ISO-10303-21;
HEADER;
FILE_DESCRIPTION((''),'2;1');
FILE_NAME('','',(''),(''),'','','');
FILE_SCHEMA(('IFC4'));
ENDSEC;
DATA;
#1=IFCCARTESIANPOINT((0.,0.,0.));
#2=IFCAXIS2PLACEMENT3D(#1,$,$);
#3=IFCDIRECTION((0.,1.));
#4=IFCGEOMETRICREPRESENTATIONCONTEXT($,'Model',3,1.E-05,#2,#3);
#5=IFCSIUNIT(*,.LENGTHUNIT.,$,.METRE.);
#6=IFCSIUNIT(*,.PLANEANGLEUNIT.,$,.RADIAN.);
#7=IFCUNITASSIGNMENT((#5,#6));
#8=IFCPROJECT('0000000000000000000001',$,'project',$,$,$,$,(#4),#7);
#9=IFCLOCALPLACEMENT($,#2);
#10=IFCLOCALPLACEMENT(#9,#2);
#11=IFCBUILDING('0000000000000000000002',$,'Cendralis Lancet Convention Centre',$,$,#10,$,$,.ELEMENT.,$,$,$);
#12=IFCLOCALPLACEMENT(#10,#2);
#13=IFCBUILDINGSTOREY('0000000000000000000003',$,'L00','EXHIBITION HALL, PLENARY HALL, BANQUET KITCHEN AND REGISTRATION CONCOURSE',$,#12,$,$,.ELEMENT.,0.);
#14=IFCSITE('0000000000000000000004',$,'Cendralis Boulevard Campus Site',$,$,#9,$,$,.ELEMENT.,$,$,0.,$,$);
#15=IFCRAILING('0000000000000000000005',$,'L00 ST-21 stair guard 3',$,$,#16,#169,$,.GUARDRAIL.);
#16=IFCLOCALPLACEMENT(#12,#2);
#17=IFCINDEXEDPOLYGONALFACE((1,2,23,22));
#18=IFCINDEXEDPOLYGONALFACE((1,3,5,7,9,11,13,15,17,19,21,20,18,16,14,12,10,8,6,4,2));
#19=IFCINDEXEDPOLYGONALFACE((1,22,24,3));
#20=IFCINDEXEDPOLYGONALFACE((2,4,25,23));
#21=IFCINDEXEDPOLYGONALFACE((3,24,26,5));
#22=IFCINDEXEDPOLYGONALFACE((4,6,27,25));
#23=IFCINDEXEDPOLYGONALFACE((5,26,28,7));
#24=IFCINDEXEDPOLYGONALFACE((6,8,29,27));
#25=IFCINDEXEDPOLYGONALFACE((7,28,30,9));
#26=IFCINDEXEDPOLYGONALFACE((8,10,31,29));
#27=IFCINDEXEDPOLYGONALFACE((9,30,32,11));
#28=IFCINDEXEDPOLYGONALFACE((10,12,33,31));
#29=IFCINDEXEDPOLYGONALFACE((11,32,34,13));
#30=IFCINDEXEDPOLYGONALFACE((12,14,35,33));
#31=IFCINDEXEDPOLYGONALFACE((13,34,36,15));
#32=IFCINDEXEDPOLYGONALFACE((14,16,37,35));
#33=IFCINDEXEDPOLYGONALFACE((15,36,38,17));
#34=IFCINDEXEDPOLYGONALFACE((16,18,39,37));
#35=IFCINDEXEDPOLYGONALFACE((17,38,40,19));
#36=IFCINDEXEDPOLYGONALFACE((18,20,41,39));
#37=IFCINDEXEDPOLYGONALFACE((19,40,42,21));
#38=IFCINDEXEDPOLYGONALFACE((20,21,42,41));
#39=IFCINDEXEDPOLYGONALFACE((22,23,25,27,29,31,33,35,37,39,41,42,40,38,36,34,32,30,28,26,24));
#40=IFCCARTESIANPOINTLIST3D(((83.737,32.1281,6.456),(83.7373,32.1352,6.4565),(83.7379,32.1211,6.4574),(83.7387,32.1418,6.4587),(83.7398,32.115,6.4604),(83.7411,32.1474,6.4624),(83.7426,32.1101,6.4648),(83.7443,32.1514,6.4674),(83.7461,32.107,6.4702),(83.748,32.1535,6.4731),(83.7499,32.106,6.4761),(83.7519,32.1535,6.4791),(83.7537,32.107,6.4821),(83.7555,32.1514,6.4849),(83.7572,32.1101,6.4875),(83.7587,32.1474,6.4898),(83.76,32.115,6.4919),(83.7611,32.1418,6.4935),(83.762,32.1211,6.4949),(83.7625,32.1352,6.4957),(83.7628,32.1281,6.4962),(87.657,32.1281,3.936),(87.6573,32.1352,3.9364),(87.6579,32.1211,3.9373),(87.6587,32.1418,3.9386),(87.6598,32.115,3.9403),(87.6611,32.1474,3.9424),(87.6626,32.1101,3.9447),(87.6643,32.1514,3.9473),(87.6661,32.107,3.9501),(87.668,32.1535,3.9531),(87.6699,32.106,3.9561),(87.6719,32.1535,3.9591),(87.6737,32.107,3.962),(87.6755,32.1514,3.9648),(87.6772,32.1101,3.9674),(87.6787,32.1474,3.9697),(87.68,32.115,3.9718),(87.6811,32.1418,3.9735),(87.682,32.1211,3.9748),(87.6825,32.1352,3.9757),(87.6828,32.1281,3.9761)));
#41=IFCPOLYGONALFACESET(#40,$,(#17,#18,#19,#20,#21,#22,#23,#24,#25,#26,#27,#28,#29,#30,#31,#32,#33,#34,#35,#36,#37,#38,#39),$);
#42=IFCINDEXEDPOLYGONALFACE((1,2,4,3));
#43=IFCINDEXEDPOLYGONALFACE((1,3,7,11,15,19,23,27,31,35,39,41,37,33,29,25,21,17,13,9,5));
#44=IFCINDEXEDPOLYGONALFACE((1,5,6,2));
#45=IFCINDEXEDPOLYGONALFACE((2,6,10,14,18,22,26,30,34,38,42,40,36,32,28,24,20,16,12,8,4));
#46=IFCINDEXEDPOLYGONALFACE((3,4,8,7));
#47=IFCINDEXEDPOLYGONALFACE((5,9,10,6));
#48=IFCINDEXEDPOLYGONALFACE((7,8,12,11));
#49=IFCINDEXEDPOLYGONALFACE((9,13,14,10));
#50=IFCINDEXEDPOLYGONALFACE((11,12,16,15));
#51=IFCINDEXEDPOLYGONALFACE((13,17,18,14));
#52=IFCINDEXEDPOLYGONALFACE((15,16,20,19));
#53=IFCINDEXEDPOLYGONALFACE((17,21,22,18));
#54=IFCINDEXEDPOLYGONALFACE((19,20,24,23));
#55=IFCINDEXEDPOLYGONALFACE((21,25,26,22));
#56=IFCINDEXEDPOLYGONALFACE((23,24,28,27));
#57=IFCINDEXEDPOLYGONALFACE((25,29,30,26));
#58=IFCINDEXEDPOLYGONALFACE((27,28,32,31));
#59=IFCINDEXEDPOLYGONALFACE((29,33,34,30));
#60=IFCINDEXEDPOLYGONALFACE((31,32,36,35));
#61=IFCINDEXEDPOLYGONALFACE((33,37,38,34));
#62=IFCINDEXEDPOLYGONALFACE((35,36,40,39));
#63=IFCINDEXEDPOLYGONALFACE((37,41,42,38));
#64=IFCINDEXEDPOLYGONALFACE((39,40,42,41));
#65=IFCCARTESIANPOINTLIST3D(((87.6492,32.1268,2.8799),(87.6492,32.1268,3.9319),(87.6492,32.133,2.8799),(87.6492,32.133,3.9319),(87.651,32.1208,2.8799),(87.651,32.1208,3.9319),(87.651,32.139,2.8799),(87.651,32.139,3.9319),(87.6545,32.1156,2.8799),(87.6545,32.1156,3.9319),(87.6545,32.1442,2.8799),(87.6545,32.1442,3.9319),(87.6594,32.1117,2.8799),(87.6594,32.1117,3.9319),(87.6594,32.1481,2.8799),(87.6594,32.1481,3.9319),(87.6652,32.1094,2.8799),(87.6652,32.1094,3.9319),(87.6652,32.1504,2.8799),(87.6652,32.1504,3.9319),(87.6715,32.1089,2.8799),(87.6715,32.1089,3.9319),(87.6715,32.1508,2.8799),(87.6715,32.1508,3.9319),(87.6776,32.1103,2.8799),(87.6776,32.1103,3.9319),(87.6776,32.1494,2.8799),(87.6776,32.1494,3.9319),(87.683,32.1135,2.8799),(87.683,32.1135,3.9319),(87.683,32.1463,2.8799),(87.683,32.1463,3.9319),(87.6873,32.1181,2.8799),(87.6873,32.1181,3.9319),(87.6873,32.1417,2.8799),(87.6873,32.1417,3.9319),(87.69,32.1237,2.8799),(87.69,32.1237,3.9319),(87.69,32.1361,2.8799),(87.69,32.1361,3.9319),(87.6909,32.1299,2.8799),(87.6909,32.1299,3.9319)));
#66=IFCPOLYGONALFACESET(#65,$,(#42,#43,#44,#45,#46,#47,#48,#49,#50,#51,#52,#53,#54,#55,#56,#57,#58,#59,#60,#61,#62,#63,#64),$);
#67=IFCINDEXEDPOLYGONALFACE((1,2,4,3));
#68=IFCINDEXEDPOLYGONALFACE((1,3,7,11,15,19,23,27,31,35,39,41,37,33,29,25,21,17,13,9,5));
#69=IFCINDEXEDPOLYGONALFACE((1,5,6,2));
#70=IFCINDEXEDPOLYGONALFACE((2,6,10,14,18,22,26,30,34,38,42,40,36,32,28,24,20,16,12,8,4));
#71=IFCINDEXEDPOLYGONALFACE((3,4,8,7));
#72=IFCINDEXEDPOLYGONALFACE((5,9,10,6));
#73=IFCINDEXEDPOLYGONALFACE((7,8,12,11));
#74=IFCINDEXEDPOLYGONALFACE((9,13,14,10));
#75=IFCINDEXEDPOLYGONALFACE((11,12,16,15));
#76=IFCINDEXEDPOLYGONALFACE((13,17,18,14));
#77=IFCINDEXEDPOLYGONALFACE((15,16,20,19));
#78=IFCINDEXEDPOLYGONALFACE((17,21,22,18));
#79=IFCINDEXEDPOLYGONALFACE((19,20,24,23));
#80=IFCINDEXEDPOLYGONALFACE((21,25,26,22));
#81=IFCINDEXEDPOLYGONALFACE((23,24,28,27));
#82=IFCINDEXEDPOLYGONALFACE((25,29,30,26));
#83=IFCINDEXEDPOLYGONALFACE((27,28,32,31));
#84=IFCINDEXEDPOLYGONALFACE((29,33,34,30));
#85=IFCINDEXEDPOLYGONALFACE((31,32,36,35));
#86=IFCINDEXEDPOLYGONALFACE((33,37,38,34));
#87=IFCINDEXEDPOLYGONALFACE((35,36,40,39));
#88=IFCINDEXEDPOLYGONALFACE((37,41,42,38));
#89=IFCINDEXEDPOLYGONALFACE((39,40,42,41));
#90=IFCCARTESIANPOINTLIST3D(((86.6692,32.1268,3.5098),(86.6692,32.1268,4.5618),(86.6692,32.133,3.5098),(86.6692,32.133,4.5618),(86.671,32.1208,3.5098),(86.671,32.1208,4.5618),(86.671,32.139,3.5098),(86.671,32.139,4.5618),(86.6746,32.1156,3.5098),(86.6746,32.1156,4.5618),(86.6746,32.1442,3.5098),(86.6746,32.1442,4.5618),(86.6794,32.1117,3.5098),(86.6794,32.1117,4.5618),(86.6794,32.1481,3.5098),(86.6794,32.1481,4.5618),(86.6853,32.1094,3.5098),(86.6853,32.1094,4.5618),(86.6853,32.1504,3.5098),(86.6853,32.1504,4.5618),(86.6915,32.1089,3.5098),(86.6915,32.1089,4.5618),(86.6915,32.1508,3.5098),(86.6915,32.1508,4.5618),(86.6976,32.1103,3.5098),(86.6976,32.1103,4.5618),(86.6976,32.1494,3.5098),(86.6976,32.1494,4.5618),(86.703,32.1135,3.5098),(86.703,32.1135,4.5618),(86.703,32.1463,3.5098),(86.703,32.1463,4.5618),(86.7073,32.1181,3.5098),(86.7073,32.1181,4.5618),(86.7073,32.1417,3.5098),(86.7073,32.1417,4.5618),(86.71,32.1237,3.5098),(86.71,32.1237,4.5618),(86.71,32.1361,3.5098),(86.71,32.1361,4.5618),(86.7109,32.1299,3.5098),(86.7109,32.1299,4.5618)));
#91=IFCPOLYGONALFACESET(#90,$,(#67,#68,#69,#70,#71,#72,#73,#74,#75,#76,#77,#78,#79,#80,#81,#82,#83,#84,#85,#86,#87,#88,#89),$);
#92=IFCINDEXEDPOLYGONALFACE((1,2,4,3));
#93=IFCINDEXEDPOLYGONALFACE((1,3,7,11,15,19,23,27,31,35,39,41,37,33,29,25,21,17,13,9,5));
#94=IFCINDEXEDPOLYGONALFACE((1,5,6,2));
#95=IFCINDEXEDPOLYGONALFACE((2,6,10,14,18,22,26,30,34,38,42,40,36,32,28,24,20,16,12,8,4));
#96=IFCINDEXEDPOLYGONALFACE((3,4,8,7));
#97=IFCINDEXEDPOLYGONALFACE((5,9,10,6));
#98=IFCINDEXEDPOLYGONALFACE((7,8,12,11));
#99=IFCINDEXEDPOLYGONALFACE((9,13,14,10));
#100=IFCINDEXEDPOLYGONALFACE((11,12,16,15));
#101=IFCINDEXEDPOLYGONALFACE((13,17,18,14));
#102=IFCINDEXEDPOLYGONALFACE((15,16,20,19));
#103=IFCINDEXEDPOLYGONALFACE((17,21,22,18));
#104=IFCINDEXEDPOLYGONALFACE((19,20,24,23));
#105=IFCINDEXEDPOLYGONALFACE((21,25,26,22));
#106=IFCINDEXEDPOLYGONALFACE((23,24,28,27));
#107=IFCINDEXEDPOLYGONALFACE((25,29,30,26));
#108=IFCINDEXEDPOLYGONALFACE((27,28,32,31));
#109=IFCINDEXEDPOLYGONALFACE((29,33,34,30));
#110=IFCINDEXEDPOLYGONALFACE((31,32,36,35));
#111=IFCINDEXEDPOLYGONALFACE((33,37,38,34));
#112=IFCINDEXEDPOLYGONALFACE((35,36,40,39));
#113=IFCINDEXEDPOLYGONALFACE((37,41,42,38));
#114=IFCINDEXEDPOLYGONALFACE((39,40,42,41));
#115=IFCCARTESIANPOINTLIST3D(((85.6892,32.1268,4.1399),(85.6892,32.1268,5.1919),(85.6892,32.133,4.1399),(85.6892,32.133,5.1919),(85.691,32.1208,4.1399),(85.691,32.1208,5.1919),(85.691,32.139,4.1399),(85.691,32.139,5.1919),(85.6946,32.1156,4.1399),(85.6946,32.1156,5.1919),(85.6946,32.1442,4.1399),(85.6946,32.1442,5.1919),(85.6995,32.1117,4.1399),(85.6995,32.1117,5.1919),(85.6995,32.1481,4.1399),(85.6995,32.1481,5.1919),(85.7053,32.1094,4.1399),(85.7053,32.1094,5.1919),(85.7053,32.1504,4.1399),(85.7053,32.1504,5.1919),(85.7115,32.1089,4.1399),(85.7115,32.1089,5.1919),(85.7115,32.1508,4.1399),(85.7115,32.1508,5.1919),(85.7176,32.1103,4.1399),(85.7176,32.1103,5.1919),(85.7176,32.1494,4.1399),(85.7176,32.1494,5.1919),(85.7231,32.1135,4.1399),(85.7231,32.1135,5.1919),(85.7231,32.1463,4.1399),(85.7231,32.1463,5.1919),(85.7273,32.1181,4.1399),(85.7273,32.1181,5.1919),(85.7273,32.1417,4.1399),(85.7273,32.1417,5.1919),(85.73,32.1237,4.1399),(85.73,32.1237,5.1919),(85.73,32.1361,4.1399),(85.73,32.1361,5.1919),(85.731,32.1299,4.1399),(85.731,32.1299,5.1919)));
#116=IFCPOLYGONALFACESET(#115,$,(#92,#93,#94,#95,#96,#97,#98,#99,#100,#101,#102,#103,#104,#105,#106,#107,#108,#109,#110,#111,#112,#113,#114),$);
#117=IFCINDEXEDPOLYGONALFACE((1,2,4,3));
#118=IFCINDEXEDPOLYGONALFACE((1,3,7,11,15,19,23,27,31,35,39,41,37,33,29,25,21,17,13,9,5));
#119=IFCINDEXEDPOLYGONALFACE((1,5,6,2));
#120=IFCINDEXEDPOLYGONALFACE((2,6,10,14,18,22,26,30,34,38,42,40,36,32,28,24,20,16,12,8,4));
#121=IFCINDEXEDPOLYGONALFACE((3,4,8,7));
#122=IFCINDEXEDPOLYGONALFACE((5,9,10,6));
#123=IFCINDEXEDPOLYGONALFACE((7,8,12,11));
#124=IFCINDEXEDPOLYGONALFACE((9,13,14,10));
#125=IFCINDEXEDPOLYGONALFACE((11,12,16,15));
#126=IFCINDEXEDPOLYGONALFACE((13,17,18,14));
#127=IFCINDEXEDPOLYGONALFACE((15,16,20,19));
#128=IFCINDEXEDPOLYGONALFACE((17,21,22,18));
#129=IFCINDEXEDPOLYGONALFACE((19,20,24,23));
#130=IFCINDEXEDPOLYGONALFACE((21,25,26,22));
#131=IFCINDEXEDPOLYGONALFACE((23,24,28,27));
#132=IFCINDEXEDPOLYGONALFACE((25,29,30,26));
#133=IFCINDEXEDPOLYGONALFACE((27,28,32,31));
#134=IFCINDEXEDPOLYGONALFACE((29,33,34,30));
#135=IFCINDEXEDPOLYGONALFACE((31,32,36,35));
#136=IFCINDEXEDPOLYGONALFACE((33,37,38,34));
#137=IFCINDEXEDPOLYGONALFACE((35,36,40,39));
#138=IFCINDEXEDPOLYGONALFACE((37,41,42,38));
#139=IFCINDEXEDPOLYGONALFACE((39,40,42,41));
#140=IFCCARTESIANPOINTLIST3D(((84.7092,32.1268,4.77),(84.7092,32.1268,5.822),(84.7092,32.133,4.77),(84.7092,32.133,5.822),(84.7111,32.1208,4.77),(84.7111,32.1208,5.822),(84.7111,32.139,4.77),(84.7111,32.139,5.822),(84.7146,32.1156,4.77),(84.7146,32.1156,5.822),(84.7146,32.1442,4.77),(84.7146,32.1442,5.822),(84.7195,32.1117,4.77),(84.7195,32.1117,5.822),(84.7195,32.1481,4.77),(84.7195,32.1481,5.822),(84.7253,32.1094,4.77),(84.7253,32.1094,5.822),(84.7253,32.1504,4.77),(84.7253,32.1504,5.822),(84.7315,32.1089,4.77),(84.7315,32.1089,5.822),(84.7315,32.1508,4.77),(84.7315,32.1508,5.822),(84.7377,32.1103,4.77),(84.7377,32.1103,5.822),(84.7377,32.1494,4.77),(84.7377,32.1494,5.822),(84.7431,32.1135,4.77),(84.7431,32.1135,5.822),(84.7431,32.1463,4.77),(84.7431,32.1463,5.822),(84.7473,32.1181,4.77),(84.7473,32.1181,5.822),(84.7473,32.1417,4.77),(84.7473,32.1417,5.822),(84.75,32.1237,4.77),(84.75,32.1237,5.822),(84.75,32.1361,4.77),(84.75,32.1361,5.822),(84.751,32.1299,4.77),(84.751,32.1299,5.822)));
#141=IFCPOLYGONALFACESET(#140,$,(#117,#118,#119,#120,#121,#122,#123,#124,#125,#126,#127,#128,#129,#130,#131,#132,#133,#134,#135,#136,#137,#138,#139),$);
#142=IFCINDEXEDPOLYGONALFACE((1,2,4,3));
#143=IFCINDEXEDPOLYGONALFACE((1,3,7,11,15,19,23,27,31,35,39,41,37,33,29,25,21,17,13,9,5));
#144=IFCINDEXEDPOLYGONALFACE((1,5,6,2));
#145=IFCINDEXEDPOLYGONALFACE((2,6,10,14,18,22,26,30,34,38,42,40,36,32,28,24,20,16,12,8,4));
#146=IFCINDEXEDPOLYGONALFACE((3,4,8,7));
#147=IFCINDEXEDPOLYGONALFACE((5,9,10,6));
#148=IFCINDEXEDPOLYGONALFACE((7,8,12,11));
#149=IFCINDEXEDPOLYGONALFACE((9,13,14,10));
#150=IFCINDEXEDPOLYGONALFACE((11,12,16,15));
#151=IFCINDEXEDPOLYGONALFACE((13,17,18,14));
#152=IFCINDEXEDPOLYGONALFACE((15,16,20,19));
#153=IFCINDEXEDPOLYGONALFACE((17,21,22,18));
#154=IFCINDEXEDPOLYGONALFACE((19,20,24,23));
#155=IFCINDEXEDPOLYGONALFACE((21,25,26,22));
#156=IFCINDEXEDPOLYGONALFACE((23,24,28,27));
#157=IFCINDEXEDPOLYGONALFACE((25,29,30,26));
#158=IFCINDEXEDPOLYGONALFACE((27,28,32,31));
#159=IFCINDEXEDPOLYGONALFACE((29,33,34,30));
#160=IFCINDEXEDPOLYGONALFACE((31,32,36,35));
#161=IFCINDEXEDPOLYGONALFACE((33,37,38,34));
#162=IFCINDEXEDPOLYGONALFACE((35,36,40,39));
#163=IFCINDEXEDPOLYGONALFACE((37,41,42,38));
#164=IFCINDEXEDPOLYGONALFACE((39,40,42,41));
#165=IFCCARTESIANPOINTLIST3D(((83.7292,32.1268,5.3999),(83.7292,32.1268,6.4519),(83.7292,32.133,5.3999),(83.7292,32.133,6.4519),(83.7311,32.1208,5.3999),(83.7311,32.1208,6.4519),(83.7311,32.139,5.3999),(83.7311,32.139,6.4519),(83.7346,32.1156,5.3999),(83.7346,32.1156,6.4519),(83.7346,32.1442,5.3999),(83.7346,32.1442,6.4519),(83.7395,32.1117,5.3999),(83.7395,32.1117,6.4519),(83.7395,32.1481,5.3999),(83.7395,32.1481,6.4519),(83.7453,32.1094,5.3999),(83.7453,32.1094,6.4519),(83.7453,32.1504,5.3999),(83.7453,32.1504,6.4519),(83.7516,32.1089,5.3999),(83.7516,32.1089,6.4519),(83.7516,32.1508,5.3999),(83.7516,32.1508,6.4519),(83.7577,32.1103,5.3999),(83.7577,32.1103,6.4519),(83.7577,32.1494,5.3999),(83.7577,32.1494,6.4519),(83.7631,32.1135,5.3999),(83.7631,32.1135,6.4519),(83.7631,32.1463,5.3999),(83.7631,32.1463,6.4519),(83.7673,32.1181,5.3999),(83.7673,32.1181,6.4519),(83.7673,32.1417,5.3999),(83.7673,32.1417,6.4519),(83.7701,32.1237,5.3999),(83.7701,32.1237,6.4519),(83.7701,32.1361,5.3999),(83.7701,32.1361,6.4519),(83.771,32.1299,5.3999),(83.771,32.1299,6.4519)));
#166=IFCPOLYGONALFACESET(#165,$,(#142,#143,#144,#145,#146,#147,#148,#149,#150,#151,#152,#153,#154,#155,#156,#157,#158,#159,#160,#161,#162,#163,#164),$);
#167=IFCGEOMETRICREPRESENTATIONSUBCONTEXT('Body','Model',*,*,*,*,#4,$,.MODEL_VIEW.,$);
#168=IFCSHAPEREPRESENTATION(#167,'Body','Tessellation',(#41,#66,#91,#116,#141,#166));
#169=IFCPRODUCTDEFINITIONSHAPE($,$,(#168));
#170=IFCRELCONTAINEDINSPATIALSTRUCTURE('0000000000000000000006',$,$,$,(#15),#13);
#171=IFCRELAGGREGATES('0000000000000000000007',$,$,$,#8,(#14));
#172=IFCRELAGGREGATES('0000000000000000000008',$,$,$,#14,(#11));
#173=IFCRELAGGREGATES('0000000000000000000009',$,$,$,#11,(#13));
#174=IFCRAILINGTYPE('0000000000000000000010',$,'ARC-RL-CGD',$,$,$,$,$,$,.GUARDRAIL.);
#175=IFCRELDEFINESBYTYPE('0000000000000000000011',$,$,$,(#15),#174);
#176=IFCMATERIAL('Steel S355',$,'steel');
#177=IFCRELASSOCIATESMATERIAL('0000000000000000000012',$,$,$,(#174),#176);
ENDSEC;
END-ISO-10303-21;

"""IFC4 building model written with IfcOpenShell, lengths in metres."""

from ifc_helpers import new_model, si_unit, direction, frame, origin, origin_2d, place, context, subcontext, project, spatial, circle, extrude, material, type_object, element, save


model = new_model("IFC4")

# Units and contexts
model_context = context("Model", 3, precision=1e-05, world=origin(), true_north=direction((0.0, 1.0)))
body_context = subcontext(model_context, "Body", "Model", "MODEL_VIEW")
ifc_project = project(units=[si_unit("LENGTHUNIT", "METRE"), si_unit("PLANEANGLEUNIT", "RADIAN")], contexts=[model_context])

# Site, building, storey
site_placement = place(None, origin())
site = spatial("IfcSite", under=ifc_project, at=site_placement, Name="Cendralis Boulevard Campus Site", CompositionType="ELEMENT", RefElevation=0.0)
building_placement = place(site_placement, origin())
building = spatial("IfcBuilding", under=site, at=building_placement, Name="Cendralis Lancet Convention Centre", CompositionType="ELEMENT")
storey_placement = place(building_placement, origin())
storey = spatial("IfcBuildingStorey", under=building, at=storey_placement, Name="L00", Description="EXHIBITION HALL, PLENARY HALL, BANQUET KITCHEN AND REGISTRATION CONCOURSE", CompositionType="ELEMENT", Elevation=0.0)

# Shared definitions
ifc_material_1 = material(Name="Steel S355", Category="steel")

# Railing
railing_type_1 = type_object("IfcRailingType", Name="ARC-RL-CGD", PredefinedType="GUARDRAIL", material=ifc_material_1)
railing_1_placement = place(storey_placement, frame((87.6699, 32.1299, 2.8799)))
element("IfcRailing", 1, at=railing_1_placement, inside=storey, type_object=railing_type_1, Name="L00 ST-21 stair guard 3", PredefinedType="GUARDRAIL", context=body_context, shape_type="SweptSolid", body=[
    extrude(circle(Radius=0.0239, at=origin_2d()), frame((0.0, 0.0, 1.0762), z_axis=(-0.841172, 0.0, 0.540768), x_axis=(0.0, -1.0, 0.0)), (0.0, 0.0, 1.0), 4.6602),
    extrude(circle(Radius=0.021, at=origin_2d()), origin(), (0.0, 0.0, 1.0), 1.052),
    extrude(circle(Radius=0.021, at=origin_2d()), frame((-0.98, 0.0, 0.6299)), (0.0, 0.0, 1.0), 1.052),
    extrude(circle(Radius=0.021, at=origin_2d()), frame((-1.96, 0.0, 1.26)), (0.0, 0.0, 1.0), 1.052),
    extrude(circle(Radius=0.021, at=origin_2d()), frame((-2.9399, 0.0, 1.8901)), (0.0, 0.0, 1.0), 1.052),
    extrude(circle(Radius=0.021, at=origin_2d()), frame((-3.9199, 0.0, 2.52)), (0.0, 0.0, 1.0), 1.052),
])

save(model, "model.ifc")
